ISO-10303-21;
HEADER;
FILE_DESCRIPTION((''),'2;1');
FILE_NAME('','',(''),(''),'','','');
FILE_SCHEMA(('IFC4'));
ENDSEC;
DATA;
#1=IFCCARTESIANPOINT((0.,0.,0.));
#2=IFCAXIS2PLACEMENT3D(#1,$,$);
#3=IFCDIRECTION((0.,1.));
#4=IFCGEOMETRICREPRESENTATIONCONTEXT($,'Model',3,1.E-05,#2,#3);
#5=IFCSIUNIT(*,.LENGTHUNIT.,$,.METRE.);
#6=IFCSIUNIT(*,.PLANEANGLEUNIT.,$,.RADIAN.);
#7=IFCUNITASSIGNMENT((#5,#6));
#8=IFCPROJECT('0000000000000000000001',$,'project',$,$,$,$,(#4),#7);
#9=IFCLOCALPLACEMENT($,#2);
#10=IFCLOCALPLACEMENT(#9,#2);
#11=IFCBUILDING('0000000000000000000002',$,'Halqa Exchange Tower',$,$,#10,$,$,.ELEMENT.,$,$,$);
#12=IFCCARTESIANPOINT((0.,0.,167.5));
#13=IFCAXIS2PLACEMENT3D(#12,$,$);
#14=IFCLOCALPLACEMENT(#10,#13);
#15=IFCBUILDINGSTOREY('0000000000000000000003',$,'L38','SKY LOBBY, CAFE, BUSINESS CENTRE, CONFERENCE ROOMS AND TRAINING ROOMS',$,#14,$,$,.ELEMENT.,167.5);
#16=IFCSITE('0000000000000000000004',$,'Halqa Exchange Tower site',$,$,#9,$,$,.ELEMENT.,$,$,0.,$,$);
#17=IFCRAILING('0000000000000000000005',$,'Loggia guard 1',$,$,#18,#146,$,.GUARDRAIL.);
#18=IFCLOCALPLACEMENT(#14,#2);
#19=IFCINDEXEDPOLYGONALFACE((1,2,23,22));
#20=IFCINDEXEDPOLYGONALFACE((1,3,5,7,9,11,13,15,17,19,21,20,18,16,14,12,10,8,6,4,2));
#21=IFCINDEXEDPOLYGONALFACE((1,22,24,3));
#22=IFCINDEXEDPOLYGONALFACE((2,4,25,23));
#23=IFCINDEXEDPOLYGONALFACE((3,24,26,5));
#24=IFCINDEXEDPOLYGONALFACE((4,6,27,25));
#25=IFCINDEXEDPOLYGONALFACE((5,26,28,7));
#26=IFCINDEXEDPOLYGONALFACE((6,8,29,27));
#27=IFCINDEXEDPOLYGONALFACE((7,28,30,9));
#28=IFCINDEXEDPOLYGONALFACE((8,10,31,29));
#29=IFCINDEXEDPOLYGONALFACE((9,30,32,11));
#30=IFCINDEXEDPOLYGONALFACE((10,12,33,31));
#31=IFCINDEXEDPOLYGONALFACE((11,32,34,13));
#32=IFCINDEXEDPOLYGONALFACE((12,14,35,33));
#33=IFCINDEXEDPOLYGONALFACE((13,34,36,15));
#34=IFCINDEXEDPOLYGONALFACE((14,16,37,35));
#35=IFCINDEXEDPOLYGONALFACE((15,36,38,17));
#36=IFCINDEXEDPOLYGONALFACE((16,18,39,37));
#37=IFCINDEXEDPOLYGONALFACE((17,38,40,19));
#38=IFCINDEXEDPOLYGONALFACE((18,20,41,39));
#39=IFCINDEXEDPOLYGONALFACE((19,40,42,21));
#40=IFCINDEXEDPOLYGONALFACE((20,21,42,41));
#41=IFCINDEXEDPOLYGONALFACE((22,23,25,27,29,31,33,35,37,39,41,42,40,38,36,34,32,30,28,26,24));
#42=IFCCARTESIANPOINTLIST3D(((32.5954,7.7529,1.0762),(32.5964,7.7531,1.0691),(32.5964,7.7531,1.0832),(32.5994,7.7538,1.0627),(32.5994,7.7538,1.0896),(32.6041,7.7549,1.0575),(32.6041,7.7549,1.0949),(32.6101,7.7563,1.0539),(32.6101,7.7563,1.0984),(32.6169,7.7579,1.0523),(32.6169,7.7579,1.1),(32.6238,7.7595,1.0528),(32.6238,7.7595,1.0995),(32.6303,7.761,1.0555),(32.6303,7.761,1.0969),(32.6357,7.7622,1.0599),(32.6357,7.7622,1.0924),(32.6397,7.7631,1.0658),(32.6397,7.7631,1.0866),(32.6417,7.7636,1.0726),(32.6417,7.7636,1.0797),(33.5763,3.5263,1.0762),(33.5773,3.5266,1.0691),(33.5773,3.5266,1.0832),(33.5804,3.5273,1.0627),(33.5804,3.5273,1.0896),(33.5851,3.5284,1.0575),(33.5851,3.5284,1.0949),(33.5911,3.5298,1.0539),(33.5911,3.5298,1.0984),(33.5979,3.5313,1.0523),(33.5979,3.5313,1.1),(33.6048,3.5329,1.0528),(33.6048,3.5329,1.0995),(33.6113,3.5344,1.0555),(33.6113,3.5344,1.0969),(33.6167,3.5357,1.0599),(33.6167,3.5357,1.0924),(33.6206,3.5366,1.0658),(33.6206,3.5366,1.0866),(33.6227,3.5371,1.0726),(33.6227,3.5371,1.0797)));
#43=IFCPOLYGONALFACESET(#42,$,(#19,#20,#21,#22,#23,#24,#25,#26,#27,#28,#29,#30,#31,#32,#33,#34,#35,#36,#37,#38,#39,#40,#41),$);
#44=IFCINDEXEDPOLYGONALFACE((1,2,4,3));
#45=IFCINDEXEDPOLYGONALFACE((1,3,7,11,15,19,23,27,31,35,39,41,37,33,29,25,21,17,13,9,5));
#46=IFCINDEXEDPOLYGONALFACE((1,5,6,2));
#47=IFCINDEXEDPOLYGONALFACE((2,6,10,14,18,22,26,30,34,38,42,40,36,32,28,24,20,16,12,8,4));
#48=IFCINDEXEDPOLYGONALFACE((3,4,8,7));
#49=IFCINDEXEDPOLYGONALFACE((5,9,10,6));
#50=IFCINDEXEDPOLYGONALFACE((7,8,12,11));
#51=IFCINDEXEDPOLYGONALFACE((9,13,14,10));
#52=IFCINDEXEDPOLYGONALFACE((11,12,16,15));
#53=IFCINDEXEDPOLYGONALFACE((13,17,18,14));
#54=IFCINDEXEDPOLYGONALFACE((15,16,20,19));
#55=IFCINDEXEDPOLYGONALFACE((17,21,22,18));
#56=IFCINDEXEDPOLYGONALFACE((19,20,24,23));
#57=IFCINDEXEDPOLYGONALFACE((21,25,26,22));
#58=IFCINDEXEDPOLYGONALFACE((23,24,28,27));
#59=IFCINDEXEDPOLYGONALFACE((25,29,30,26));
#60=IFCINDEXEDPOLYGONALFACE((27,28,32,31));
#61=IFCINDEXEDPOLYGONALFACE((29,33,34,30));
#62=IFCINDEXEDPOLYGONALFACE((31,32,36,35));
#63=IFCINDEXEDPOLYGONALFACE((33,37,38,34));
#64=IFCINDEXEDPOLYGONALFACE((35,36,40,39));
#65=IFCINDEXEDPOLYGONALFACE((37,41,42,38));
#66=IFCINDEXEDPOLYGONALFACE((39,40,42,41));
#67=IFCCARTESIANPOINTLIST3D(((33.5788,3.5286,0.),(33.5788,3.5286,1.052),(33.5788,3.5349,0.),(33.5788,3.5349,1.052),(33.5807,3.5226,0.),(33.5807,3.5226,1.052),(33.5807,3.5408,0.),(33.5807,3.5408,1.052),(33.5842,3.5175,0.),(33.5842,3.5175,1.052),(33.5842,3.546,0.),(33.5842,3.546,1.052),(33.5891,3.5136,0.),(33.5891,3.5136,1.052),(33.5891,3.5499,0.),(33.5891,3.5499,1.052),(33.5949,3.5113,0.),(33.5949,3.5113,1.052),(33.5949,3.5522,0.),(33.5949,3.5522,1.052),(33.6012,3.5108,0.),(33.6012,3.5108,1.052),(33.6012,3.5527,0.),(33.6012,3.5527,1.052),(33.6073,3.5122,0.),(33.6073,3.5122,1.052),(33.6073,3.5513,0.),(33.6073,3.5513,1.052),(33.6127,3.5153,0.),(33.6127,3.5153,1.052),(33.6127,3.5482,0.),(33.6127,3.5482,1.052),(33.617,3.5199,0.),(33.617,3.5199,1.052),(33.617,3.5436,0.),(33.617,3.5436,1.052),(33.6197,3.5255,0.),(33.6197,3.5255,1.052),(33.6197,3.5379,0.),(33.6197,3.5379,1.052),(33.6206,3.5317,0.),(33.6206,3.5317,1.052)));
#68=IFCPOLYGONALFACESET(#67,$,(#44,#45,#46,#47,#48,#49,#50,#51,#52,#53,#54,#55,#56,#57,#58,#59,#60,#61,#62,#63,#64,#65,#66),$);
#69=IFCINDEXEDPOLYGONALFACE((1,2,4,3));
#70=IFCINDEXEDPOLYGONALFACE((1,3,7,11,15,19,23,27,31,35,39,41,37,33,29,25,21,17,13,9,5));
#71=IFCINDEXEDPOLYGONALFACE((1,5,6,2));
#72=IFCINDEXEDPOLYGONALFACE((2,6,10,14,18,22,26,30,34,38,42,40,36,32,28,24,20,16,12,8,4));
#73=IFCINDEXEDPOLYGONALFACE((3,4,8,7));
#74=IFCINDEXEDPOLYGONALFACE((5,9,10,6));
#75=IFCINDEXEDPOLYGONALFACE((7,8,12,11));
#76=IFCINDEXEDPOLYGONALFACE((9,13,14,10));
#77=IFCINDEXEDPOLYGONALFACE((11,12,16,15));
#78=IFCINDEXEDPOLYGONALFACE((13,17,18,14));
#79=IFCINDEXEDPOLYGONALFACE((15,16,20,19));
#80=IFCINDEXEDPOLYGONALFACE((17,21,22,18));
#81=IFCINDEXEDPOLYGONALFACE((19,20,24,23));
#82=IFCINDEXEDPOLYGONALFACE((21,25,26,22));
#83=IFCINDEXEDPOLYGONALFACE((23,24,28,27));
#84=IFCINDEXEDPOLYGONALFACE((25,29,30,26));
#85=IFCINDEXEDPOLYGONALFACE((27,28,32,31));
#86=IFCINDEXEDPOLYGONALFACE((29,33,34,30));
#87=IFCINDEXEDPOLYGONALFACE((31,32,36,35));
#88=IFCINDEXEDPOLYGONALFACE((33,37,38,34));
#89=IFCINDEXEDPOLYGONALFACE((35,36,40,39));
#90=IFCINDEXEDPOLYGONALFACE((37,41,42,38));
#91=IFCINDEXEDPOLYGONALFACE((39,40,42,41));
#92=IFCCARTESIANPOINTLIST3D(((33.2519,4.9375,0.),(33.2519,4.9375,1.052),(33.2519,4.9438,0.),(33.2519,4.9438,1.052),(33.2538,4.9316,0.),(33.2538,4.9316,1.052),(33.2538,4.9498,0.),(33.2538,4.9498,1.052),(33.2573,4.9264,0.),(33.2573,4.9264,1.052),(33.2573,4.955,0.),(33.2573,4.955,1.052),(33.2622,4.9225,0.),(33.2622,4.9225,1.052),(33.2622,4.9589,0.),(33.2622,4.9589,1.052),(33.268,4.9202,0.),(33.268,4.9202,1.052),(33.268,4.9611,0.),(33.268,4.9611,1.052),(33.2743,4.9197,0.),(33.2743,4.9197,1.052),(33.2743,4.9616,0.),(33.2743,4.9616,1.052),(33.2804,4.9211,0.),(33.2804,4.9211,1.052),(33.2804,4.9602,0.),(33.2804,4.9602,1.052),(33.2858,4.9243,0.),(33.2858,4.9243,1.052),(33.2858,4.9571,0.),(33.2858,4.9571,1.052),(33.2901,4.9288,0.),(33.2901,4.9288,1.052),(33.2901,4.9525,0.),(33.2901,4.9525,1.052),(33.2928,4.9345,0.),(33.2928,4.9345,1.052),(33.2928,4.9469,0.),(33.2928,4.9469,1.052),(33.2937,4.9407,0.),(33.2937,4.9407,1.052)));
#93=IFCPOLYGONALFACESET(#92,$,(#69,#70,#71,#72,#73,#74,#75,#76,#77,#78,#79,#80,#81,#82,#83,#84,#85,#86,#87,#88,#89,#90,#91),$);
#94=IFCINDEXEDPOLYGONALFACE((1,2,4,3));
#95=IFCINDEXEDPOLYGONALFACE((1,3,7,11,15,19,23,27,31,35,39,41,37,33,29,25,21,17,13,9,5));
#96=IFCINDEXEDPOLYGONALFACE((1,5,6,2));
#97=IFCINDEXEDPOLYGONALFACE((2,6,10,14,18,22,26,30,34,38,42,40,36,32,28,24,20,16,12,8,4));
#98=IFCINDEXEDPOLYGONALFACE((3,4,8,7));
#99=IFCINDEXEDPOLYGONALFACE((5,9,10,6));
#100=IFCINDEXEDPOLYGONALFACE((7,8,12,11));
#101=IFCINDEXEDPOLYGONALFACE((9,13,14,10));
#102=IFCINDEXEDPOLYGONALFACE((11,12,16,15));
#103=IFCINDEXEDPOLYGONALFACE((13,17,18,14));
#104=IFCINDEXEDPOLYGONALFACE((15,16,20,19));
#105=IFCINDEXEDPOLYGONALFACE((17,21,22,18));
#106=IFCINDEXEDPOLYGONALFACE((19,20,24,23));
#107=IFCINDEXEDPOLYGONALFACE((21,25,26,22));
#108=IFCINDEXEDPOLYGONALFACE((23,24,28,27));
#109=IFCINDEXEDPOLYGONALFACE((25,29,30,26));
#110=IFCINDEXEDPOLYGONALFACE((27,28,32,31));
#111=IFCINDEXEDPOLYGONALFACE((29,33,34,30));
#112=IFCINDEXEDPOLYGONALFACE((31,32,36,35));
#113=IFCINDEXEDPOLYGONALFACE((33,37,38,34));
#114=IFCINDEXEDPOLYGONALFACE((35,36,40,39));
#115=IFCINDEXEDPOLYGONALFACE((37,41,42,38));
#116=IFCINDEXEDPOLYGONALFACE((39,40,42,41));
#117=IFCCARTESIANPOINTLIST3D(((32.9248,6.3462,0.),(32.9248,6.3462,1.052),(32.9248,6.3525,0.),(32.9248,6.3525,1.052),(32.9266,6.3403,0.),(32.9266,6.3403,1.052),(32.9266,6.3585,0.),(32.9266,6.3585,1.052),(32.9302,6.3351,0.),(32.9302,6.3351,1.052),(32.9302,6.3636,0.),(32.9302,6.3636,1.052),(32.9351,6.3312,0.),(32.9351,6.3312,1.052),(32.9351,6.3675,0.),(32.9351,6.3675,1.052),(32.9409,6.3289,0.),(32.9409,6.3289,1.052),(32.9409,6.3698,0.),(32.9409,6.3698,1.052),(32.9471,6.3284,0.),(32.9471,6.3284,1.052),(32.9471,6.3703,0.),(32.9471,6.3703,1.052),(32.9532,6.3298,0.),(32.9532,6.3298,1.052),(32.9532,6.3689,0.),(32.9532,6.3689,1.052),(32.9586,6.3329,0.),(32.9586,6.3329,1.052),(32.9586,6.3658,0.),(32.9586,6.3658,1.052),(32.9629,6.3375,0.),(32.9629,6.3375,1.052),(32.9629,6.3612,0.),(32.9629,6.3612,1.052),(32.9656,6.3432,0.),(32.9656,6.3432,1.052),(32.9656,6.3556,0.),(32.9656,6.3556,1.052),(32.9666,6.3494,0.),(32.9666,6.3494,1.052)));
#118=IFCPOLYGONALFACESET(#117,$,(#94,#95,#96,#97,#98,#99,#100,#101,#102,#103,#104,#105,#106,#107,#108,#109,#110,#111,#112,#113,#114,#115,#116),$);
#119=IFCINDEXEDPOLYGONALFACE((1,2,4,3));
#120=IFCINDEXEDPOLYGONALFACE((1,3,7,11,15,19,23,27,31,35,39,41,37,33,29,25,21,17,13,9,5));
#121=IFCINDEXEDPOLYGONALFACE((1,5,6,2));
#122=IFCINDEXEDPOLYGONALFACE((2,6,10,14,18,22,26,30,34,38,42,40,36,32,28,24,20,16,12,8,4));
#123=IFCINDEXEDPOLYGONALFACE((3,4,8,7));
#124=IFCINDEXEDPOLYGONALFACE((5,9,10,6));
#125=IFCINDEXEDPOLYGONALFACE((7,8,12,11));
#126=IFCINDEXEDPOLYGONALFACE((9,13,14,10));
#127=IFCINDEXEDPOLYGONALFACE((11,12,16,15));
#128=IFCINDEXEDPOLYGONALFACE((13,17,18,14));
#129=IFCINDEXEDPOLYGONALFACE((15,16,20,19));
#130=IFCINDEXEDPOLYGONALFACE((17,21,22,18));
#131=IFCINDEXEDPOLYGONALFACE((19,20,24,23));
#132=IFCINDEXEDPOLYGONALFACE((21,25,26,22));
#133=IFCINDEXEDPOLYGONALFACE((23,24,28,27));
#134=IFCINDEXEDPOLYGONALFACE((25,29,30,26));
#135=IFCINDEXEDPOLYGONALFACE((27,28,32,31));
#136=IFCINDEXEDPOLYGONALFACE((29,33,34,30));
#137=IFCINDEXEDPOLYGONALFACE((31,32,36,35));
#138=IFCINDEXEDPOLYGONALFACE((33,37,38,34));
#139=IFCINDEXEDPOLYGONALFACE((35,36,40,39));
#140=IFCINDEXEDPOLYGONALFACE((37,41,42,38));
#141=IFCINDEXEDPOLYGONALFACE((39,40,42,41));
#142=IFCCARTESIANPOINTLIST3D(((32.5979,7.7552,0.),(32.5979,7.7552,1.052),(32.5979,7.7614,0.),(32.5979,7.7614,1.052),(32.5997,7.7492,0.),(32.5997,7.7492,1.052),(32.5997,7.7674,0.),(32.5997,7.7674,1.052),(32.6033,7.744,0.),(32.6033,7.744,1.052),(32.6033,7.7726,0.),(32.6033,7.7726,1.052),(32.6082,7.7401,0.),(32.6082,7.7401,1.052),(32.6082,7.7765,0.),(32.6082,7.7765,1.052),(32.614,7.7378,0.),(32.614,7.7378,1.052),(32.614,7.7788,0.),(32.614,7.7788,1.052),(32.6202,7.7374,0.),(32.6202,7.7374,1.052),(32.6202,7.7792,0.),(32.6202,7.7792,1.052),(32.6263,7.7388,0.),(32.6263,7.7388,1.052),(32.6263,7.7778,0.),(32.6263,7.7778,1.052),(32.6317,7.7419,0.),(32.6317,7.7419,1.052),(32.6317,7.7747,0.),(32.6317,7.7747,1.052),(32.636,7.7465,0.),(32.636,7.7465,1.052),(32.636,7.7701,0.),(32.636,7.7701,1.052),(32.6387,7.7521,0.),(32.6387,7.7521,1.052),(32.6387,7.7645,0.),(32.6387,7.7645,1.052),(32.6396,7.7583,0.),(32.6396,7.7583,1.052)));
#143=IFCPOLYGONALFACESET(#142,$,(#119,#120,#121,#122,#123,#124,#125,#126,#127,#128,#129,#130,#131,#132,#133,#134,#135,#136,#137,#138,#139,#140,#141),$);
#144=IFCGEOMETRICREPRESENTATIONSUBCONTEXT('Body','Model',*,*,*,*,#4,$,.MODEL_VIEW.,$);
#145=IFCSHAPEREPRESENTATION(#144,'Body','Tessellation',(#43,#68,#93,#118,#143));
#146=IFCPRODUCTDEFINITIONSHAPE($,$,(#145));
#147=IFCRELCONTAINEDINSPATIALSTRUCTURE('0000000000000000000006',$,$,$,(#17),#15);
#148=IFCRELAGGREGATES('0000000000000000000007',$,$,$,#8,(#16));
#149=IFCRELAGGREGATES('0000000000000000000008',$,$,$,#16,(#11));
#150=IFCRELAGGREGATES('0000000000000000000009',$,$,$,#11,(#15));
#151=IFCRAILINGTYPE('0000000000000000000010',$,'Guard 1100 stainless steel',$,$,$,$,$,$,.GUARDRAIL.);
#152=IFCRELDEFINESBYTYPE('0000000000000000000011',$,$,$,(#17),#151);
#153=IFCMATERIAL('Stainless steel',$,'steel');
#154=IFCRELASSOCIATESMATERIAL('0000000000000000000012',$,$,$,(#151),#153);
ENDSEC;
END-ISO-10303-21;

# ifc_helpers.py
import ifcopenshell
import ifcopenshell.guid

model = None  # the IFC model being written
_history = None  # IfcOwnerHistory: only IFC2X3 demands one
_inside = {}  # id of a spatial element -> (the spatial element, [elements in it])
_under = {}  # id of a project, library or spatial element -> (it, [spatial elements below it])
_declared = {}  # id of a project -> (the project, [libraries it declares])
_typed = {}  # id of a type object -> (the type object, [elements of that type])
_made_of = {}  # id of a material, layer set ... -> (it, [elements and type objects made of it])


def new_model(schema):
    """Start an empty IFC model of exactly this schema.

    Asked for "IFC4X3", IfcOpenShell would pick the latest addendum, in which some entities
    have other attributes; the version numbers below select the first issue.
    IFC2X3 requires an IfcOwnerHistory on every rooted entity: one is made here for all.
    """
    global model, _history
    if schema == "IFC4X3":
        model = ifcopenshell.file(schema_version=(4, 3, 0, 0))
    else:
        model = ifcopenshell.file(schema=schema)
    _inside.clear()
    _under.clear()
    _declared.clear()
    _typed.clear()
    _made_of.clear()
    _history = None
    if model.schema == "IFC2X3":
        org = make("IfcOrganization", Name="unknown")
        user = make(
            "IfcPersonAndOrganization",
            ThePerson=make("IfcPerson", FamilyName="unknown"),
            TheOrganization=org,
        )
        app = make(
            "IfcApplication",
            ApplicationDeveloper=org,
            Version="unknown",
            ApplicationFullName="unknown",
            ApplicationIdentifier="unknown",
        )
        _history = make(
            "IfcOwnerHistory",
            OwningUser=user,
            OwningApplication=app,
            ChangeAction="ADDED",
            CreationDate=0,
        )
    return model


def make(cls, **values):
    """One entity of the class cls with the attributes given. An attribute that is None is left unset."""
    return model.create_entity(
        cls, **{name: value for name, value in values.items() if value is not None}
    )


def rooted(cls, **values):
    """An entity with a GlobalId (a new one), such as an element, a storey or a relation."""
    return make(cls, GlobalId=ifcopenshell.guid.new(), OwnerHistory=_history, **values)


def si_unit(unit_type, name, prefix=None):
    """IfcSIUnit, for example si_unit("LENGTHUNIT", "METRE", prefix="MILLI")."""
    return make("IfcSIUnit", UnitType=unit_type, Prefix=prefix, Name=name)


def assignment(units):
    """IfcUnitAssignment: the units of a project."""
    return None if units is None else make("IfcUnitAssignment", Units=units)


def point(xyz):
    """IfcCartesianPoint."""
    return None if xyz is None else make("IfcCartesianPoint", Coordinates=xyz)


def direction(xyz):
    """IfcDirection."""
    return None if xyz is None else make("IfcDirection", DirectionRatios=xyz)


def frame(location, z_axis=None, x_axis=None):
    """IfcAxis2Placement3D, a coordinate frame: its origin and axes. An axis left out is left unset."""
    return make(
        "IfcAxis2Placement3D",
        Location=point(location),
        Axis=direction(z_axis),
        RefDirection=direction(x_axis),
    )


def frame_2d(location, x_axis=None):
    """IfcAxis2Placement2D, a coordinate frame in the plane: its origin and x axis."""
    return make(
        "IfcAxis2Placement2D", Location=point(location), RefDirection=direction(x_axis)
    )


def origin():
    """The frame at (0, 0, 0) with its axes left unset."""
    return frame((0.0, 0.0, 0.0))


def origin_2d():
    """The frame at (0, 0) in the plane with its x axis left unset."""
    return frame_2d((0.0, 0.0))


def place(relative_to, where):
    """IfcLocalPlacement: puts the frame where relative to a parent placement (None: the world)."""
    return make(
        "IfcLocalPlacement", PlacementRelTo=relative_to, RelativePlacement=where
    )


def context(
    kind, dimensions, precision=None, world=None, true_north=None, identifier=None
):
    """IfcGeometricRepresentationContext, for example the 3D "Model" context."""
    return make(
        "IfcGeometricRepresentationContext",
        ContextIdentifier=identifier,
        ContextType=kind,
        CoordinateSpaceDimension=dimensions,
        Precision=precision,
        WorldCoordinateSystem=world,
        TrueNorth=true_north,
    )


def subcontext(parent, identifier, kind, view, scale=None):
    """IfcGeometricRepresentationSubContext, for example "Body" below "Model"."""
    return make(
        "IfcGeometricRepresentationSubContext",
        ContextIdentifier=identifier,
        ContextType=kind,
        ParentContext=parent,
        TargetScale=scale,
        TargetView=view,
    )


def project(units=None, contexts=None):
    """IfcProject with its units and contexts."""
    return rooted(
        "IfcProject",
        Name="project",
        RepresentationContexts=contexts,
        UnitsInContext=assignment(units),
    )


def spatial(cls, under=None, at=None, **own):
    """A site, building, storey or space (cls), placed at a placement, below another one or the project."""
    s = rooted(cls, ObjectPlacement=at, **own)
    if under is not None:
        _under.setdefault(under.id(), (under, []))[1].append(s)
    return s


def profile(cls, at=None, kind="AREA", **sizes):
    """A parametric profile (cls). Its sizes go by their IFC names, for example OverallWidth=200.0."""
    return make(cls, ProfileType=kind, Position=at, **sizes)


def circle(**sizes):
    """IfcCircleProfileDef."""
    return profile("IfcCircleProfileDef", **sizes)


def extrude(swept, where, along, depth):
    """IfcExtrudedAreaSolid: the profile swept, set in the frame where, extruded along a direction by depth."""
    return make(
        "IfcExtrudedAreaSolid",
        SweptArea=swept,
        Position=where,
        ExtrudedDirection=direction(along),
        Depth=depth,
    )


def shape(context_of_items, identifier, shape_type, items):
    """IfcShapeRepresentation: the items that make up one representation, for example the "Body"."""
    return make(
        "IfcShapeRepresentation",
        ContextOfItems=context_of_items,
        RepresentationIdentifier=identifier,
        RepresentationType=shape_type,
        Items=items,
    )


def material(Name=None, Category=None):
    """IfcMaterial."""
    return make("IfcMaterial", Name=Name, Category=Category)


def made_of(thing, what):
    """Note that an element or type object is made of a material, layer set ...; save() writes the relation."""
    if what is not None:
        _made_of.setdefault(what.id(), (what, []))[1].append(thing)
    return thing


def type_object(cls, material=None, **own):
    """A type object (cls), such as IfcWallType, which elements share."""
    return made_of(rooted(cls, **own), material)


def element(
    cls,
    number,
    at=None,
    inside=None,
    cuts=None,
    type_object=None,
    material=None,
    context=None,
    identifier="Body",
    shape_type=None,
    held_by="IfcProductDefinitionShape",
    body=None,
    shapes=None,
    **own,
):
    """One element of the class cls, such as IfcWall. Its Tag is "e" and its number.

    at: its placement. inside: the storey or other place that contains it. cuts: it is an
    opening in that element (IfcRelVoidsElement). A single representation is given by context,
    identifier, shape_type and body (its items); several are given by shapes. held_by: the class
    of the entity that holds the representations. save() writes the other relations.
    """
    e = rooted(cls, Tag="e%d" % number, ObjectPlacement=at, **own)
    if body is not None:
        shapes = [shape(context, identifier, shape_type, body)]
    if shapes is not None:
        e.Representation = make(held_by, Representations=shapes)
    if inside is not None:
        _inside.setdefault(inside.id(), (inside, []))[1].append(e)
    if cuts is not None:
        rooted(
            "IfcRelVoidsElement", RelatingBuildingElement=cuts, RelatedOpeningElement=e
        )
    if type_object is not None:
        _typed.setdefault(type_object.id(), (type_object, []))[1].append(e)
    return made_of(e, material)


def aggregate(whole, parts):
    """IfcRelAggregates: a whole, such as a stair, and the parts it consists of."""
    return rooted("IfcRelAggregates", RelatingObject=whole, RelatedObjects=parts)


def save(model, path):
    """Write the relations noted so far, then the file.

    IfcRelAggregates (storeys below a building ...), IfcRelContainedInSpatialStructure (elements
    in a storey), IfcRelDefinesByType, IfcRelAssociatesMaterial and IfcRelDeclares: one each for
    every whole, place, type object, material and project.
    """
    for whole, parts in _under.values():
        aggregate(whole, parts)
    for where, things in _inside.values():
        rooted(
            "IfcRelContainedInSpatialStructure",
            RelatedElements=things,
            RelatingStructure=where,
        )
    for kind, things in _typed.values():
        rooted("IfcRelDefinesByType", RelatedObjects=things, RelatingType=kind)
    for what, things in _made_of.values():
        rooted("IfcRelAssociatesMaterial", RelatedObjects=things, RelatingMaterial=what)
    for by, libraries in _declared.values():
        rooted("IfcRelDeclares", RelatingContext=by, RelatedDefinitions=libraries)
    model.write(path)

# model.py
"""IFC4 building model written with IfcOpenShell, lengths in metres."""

from ifc_helpers import new_model, si_unit, direction, frame, origin, origin_2d, place, context, subcontext, project, spatial, circle, extrude, material, type_object, element, save


model = new_model("IFC4")

# Units and contexts
model_context = context("Model", 3, precision=1e-05, world=origin(), true_north=direction((0.0, 1.0)))
body_context = subcontext(model_context, "Body", "Model", "MODEL_VIEW")
ifc_project = project(units=[si_unit("LENGTHUNIT", "METRE"), si_unit("PLANEANGLEUNIT", "RADIAN")], contexts=[model_context])

# Site, building, storey
site_placement = place(None, origin())
site = spatial("IfcSite", under=ifc_project, at=site_placement, Name="Halqa Exchange Tower site", CompositionType="ELEMENT", RefElevation=0.0)
building_placement = place(site_placement, origin())
building = spatial("IfcBuilding", under=site, at=building_placement, Name="Halqa Exchange Tower", CompositionType="ELEMENT")
storey_placement = place(building_placement, frame((0.0, 0.0, 167.5)))
storey = spatial("IfcBuildingStorey", under=building, at=storey_placement, Name="L38", Description="SKY LOBBY, CAFE, BUSINESS CENTRE, CONFERENCE ROOMS AND TRAINING ROOMS", CompositionType="ELEMENT", Elevation=167.5)

# Railing
ifc_material_1 = material(Name="Stainless steel", Category="steel")
railing_type = type_object("IfcRailingType", Name="Guard 1100 stainless steel", PredefinedType="GUARDRAIL", material=ifc_material_1)
railing_1_placement = place(storey_placement, frame((33.5996, 3.5317, 0.0)))
element("IfcRailing", 1, at=railing_1_placement, inside=storey, type_object=railing_type, Name="Loggia guard 1", PredefinedType="GUARDRAIL", context=body_context, shape_type="SweptSolid", body=[
    extrude(circle(Radius=0.0239, at=origin_2d()), frame((0.0, 0.0, 1.0762), z_axis=(-0.226084, 0.974108, 0.0), x_axis=(-0.974108, -0.226084, 0.0)), (0.0, 0.0, 1.0), 4.3389),
    extrude(circle(Radius=0.021, at=origin_2d()), origin(), (0.0, 0.0, 1.0), 1.052),
    extrude(circle(Radius=0.021, at=origin_2d()), frame((-0.3269, 1.4089, 0.0)), (0.0, 0.0, 1.0), 1.052),
    extrude(circle(Radius=0.021, at=origin_2d()), frame((-0.6541, 2.8176, 0.0)), (0.0, 0.0, 1.0), 1.052),
    extrude(circle(Radius=0.021, at=origin_2d()), frame((-0.981, 4.2266, 0.0)), (0.0, 0.0, 1.0), 1.052),
])

save(model, "model.ifc")
